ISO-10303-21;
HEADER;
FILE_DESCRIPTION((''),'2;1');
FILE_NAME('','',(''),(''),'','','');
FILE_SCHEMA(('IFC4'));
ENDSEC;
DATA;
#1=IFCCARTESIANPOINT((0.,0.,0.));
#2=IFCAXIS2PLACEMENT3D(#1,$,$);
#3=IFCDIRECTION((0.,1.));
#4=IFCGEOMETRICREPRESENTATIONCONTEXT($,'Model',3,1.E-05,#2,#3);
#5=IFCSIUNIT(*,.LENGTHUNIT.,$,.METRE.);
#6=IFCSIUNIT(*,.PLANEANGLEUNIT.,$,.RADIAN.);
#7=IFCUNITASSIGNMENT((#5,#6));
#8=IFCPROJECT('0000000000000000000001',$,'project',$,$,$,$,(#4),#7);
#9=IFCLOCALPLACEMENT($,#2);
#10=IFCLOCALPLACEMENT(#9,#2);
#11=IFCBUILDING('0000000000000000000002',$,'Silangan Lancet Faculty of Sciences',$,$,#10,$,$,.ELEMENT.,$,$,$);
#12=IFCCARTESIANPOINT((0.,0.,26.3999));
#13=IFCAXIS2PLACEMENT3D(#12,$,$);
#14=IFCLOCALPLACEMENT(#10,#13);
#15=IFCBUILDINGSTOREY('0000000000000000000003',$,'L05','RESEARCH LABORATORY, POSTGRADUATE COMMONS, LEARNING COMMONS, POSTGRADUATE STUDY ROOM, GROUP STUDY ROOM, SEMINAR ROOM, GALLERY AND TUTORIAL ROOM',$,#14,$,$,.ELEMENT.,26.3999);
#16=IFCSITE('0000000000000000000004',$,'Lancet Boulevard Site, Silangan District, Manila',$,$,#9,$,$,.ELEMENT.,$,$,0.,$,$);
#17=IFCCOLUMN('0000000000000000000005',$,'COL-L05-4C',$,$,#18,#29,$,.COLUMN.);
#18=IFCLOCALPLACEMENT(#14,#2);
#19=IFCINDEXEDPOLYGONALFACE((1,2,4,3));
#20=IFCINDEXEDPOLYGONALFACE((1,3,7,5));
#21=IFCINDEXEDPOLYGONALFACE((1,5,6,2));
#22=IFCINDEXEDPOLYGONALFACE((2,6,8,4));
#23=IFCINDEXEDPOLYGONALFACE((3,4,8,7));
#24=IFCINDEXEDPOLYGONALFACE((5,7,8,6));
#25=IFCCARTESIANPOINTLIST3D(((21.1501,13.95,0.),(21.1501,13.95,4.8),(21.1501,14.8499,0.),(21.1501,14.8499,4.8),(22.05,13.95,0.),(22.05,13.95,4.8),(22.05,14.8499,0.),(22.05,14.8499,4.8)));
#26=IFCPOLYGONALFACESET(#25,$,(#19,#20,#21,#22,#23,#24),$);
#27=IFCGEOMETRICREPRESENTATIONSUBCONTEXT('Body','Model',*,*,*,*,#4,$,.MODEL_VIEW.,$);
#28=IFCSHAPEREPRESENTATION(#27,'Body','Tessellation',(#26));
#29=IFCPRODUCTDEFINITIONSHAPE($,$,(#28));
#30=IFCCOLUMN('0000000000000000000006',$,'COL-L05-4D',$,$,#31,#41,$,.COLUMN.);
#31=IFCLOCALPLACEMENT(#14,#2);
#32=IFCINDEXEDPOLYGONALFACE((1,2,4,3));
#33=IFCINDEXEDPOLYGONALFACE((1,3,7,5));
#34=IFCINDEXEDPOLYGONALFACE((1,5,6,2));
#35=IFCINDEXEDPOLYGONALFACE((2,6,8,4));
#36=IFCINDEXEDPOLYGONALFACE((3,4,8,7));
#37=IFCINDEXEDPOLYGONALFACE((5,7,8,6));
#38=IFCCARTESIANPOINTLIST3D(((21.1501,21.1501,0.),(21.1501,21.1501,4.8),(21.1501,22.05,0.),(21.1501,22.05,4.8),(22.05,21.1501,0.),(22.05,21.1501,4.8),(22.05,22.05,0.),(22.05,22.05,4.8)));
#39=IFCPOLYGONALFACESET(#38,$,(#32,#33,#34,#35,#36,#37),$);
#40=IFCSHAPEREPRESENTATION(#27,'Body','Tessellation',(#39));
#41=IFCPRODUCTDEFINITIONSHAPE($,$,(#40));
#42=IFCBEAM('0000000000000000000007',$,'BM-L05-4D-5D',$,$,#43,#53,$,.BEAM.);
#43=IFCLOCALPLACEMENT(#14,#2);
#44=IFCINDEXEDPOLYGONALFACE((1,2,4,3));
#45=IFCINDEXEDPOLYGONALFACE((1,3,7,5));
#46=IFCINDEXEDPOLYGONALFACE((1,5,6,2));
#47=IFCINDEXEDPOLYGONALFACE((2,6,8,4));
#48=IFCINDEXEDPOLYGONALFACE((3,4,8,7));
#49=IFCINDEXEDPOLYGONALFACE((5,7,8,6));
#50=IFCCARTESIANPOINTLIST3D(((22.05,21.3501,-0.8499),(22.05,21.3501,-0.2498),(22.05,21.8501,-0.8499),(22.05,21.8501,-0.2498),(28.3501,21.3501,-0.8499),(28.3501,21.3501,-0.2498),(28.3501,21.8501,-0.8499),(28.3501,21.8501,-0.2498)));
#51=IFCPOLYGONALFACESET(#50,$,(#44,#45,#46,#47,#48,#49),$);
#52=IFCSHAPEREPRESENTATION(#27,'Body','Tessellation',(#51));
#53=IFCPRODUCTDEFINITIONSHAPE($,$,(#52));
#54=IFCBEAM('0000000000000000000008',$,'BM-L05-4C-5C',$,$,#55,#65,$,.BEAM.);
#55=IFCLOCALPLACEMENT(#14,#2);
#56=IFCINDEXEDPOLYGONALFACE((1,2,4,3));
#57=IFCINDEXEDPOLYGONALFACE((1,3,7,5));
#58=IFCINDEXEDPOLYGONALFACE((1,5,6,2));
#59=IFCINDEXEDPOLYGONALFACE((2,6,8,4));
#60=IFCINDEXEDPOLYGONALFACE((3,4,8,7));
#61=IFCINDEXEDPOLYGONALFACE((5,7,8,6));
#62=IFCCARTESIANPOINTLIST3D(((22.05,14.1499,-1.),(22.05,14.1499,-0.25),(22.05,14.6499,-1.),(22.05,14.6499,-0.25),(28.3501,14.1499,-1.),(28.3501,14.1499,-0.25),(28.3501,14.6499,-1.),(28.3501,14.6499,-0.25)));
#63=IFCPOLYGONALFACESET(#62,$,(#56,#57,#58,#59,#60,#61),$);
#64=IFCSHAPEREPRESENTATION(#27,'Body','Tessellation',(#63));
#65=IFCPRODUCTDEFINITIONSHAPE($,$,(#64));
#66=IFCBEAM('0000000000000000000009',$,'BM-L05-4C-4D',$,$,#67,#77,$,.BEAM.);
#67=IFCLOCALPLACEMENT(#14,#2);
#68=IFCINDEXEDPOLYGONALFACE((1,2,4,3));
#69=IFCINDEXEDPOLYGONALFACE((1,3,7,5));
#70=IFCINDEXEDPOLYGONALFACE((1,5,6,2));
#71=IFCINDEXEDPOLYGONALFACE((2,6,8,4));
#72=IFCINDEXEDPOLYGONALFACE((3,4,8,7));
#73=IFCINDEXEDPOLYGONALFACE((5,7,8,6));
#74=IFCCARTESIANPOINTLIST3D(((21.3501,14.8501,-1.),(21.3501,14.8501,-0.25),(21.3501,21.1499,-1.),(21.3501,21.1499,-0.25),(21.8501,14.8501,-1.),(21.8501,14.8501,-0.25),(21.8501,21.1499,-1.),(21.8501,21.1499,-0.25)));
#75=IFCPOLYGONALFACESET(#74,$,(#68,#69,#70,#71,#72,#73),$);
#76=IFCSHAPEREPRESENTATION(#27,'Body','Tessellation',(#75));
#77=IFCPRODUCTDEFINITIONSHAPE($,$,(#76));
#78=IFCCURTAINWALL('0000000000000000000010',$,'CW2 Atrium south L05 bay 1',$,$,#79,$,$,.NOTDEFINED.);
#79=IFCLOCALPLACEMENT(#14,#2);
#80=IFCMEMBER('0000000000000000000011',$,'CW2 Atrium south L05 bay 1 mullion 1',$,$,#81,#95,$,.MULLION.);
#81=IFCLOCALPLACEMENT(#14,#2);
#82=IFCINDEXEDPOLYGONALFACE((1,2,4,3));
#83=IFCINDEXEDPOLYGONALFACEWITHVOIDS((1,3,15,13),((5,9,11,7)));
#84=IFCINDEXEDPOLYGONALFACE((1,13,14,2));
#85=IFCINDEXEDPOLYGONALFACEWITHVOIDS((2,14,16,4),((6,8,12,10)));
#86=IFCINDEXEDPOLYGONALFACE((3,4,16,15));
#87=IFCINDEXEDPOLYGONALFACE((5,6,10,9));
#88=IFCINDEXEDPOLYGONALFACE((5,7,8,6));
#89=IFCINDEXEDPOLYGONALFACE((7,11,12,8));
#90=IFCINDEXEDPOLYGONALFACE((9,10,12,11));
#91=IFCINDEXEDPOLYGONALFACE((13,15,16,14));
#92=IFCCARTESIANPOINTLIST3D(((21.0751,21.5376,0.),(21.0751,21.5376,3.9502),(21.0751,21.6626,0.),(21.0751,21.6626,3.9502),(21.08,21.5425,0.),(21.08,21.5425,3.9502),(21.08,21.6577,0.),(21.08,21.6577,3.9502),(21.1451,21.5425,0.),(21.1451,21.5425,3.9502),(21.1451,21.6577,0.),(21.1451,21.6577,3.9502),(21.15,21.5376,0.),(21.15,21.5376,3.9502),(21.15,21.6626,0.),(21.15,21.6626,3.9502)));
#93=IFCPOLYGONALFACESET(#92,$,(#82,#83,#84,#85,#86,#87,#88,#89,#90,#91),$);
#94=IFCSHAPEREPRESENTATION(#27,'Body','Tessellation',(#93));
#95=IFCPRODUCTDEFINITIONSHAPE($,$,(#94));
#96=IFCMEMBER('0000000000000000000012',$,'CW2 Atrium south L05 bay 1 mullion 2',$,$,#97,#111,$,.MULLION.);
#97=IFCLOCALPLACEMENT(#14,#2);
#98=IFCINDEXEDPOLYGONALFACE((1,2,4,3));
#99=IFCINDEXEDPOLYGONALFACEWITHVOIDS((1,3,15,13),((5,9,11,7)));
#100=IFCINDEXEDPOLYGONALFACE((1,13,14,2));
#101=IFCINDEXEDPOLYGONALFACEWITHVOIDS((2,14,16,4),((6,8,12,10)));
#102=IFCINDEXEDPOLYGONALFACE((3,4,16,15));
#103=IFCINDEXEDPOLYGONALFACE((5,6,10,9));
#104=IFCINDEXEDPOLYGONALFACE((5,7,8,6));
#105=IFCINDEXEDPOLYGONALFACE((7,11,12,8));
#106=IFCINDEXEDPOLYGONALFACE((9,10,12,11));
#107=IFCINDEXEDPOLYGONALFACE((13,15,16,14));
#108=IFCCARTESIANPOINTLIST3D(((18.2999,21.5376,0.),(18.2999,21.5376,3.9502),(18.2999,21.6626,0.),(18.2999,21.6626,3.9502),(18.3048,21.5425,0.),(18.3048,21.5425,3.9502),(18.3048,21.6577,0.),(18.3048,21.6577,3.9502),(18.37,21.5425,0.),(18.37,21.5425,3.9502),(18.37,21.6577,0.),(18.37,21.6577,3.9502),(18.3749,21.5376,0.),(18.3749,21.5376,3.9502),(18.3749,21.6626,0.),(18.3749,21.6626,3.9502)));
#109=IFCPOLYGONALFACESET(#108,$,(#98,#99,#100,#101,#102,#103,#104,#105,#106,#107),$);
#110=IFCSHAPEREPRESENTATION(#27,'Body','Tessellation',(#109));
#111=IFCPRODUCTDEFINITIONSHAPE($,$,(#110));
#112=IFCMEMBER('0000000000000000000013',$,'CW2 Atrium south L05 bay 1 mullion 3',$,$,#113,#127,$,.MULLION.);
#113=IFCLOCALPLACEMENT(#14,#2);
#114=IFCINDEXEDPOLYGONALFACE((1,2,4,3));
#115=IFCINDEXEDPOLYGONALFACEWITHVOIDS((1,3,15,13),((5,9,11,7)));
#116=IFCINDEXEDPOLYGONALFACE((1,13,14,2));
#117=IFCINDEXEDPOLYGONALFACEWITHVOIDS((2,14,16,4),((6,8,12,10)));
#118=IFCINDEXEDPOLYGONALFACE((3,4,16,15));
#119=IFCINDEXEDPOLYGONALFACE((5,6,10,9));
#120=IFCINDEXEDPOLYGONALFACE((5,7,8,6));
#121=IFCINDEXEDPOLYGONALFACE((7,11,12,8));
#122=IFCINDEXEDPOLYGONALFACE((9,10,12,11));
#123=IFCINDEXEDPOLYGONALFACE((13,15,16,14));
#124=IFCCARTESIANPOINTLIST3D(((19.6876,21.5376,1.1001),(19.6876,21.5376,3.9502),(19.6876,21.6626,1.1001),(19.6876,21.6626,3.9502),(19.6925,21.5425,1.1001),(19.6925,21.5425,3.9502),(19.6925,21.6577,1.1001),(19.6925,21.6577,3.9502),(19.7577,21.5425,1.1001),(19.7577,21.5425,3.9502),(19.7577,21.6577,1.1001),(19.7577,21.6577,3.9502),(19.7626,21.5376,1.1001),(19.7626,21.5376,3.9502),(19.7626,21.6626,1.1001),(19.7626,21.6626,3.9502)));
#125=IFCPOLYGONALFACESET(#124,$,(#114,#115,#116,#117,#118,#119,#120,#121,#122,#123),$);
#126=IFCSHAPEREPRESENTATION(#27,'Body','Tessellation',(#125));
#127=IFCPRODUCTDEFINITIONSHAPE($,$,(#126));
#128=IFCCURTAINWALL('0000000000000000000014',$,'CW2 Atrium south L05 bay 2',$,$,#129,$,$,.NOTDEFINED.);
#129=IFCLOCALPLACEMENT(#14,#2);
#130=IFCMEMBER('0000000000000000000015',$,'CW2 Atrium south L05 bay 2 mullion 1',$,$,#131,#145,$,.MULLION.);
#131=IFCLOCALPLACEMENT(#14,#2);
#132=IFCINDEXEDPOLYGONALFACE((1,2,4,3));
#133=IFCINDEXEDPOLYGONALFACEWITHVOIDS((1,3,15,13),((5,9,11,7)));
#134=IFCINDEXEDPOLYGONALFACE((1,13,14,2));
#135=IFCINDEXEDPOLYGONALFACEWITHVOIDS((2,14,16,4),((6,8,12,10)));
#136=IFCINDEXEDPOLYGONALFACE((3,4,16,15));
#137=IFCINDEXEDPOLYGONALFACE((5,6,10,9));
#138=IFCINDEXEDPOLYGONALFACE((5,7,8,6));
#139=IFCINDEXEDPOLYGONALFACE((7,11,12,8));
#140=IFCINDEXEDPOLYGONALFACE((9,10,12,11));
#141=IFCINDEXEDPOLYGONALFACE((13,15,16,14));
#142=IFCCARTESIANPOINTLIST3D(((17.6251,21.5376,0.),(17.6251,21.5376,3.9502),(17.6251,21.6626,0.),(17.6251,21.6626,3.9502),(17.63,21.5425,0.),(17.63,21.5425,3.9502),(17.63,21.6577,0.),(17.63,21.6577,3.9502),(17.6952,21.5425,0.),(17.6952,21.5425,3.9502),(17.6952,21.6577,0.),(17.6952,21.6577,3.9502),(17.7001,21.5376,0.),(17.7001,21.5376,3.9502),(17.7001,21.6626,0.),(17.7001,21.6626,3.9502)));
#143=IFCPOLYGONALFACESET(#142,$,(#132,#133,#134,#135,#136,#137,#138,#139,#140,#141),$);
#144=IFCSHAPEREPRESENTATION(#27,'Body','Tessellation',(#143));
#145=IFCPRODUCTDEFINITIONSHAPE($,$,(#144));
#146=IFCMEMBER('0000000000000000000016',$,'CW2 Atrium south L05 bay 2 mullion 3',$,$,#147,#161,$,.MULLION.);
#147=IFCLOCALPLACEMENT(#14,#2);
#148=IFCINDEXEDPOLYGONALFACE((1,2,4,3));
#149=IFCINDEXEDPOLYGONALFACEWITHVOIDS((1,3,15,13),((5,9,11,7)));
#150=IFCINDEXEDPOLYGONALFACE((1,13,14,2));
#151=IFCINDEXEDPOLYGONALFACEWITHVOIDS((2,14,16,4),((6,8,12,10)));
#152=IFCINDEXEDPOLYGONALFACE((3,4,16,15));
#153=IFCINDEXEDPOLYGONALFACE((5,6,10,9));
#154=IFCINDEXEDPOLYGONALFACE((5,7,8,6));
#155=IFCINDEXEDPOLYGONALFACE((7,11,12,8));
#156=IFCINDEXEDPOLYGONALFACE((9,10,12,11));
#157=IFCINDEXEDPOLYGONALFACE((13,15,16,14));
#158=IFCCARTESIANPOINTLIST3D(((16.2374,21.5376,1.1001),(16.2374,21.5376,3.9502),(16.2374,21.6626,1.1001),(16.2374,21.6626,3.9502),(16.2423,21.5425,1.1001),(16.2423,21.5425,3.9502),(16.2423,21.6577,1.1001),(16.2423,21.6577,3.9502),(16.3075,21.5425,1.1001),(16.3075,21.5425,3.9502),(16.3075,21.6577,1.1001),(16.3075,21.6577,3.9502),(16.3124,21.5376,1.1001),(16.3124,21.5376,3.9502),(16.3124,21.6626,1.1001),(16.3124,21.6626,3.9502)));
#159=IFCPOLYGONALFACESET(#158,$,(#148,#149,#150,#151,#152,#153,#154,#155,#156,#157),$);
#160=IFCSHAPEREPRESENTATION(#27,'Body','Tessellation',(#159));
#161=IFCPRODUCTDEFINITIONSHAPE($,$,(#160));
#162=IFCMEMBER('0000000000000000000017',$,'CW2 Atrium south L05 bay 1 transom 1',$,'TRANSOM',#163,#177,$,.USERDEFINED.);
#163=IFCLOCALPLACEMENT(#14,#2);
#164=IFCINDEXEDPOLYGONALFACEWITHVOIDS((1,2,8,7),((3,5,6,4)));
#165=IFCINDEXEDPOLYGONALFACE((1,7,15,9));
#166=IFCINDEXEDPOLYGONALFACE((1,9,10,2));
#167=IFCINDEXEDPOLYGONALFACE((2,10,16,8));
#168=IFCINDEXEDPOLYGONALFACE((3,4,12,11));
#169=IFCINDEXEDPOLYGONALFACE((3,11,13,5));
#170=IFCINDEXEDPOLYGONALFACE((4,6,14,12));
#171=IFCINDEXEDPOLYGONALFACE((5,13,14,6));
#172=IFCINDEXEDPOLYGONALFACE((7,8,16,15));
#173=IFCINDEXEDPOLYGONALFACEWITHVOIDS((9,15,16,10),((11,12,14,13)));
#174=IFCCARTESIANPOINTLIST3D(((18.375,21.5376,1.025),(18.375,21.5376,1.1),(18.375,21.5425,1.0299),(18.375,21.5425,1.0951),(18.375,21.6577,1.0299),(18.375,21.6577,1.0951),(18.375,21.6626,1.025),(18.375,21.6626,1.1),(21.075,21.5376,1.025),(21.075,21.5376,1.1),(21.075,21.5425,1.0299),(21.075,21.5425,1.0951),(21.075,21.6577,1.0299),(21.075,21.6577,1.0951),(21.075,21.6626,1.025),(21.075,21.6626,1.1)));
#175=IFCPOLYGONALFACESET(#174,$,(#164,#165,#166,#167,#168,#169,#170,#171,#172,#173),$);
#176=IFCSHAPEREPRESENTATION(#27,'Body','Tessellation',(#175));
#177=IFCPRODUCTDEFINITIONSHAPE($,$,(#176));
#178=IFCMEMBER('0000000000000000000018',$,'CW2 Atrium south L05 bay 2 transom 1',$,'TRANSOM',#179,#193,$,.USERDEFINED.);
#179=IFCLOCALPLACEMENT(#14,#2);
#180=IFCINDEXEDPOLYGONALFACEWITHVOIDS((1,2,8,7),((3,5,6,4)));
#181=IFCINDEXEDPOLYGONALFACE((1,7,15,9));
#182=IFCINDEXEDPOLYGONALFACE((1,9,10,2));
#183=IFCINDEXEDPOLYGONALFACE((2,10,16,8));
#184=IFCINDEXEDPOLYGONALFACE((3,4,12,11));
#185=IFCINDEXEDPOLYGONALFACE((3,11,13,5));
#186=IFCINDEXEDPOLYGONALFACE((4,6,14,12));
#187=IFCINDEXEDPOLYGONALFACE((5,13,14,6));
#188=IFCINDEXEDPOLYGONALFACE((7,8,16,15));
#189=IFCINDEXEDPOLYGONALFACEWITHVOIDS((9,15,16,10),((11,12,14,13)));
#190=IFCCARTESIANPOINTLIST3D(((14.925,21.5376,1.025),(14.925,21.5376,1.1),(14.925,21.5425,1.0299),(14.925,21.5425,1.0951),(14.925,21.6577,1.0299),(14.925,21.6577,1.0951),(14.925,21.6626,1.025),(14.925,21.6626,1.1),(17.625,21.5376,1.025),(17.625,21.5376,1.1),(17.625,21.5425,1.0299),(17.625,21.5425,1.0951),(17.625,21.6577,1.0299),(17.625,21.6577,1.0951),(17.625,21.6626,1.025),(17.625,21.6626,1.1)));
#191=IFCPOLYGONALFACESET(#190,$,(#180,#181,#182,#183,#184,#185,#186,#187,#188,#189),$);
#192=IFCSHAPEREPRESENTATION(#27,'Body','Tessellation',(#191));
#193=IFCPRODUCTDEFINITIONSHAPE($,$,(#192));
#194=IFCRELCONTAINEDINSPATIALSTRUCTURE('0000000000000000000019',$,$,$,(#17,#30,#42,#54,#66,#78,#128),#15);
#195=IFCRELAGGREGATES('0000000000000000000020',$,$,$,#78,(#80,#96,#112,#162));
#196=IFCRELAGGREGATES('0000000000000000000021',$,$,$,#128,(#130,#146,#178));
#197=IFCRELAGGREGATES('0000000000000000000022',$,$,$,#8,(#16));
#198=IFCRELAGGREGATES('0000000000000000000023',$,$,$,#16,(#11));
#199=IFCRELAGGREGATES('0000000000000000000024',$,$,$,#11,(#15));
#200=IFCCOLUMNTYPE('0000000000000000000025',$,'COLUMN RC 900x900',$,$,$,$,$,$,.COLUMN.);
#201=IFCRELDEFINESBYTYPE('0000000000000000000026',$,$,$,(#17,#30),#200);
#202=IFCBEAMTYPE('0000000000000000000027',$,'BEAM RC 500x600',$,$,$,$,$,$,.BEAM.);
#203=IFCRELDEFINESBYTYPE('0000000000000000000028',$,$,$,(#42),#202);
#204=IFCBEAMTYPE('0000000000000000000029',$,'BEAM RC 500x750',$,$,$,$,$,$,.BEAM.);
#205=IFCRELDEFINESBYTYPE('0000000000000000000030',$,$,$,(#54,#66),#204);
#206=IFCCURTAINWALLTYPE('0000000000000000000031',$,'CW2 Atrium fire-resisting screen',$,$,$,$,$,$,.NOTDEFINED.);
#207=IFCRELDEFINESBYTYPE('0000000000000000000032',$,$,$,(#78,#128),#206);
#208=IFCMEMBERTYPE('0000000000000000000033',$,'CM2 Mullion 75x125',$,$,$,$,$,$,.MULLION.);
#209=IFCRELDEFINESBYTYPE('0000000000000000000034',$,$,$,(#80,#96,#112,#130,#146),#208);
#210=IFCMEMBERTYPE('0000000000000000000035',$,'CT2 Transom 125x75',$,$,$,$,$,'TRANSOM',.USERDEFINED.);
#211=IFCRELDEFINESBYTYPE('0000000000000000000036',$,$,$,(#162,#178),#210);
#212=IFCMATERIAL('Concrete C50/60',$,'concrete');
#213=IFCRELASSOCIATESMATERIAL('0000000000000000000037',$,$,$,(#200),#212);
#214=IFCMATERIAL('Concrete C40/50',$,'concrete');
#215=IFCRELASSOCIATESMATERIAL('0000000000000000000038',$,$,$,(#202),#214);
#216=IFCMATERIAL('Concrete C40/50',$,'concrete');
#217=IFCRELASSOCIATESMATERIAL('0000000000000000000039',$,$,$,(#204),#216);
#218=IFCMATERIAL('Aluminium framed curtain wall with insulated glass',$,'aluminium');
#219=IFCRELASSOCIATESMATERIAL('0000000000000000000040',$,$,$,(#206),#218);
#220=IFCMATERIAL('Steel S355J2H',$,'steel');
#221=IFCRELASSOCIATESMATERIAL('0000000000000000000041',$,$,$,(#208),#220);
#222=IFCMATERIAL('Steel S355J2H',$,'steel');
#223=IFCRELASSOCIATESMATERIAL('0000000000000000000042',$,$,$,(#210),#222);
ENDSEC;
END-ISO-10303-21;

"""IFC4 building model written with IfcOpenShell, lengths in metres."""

from ifc_helpers import new_model, si_unit, direction, frame, origin, origin_2d, place, context, subcontext, project, spatial, rectangle, hollow_rectangle, extrude, material, material_profile, profile_set, type_object, element, aggregate, save


model = new_model("IFC4")

# Units and contexts
model_context = context("Model", 3, precision=1e-05, world=origin(), true_north=direction((0.0, 1.0)))
body_context = subcontext(model_context, "Body", "Model", "MODEL_VIEW")
ifc_project = project(units=[si_unit("LENGTHUNIT", "METRE"), si_unit("PLANEANGLEUNIT", "RADIAN")], contexts=[model_context])

# Site, building, storey
site_placement = place(None, origin())
site = spatial("IfcSite", under=ifc_project, at=site_placement, Name="Lancet Boulevard Site, Silangan District, Manila", CompositionType="ELEMENT", RefElevation=0.0)
building_placement = place(site_placement, origin())
building = spatial("IfcBuilding", under=site, at=building_placement, Name="Silangan Lancet Faculty of Sciences", CompositionType="ELEMENT")
storey_placement = place(building_placement, frame((0.0, 0.0, 26.3999)))
storey = spatial("IfcBuildingStorey", under=building, at=storey_placement, Name="L05", Description="RESEARCH LABORATORY, POSTGRADUATE COMMONS, LEARNING COMMONS, POSTGRADUATE STUDY ROOM, GROUP STUDY ROOM, SEMINAR ROOM, GALLERY AND TUTORIAL ROOM", CompositionType="ELEMENT", Elevation=26.3999)

# Columns
ifc_material_1 = material(Name="Concrete C50/60", Category="concrete")
ifc_material_profile_1 = material_profile(ifc_material_1, rectangle(XDim=0.8999, YDim=0.8999, at=origin_2d()), Name="RC 900x900")
ifc_profile_set_1 = profile_set([ifc_material_profile_1], Name="Concrete C50/60")
column_type = type_object("IfcColumnType", Name="COLUMN RC 900x900", PredefinedType="COLUMN", material=ifc_profile_set_1)
for number, where, z_axis, x_axis, name in (
    (1, (21.6001, 14.3999, 0.0), (0.0, 0.0, 1.0), (1.0, 0.0, 0.0), "COL-L05-4C"),
    (2, (21.6001, 21.6001, 0.0), (0.0, 0.0, 1.0), (1.0, 0.0, 0.0), "COL-L05-4D"),
):
    element("IfcColumn", number, at=place(storey_placement, frame(where, z_axis=z_axis, x_axis=x_axis)), inside=storey, type_object=column_type, Name=name, PredefinedType="COLUMN", context=body_context, shape_type="SweptSolid", body=[
        extrude(rectangle(XDim=0.8999, YDim=0.8999, at=origin_2d()), origin(), (0.0, 0.0, 1.0), 4.8),
    ])

# Beams
ifc_material_2 = material(Name="Concrete C40/50", Category="concrete")
ifc_material_profile_2 = material_profile(ifc_material_2, rectangle(XDim=0.5, YDim=0.6001, at=origin_2d()), Name="RC 500x600")
ifc_profile_set_2 = profile_set([ifc_material_profile_2], Name="Concrete C40/50")
beam_type_1 = type_object("IfcBeamType", Name="BEAM RC 500x600", PredefinedType="BEAM", material=ifc_profile_set_2)
beam_1_placement = place(storey_placement, frame((22.05, 21.6001, -0.5498), z_axis=(1.0, 0.0, 0.0), x_axis=(0.0, 1.0, 0.0)))
element("IfcBeam", 3, at=beam_1_placement, inside=storey, type_object=beam_type_1, Name="BM-L05-4D-5D", PredefinedType="BEAM", context=body_context, shape_type="SweptSolid", body=[
    extrude(rectangle(XDim=0.5, YDim=0.6001, at=origin_2d()), origin(), (0.0, 0.0, 1.0), 6.3),
])
ifc_material_3 = material(Name="Concrete C40/50", Category="concrete")
ifc_material_profile_3 = material_profile(ifc_material_3, rectangle(XDim=0.5, YDim=0.75, at=origin_2d()), Name="RC 500x750")
ifc_profile_set_3 = profile_set([ifc_material_profile_3], Name="Concrete C40/50")
beam_type_2 = type_object("IfcBeamType", Name="BEAM RC 500x750", PredefinedType="BEAM", material=ifc_profile_set_3)
beam_2_placement = place(storey_placement, frame((22.05, 14.3999, -0.625), z_axis=(1.0, 0.0, 0.0), x_axis=(0.0, 1.0, 0.0)))
element("IfcBeam", 4, at=beam_2_placement, inside=storey, type_object=beam_type_2, Name="BM-L05-4C-5C", PredefinedType="BEAM", context=body_context, shape_type="SweptSolid", body=[
    extrude(rectangle(XDim=0.5, YDim=0.75, at=origin_2d()), origin(), (0.0, 0.0, 1.0), 6.3),
])
beam_3_placement = place(storey_placement, frame((21.6001, 14.8501, -0.625), z_axis=(0.0, 1.0, 0.0), x_axis=(-1.0, 0.0, 0.0)))
element("IfcBeam", 5, at=beam_3_placement, inside=storey, type_object=beam_type_2, Name="BM-L05-4C-4D", PredefinedType="BEAM", context=body_context, shape_type="SweptSolid", body=[
    extrude(rectangle(XDim=0.5, YDim=0.75, at=origin_2d()), origin(), (0.0, 0.0, 1.0), 6.2998),
])

# Curtain walls, members
ifc_material_4 = material(Name="Aluminium framed curtain wall with insulated glass", Category="aluminium")
curtain_wall_type = type_object("IfcCurtainWallType", Name="CW2 Atrium fire-resisting screen", PredefinedType="NOTDEFINED", material=ifc_material_4)
curtain_wall_1_placement = place(storey_placement, origin())
curtain_wall_1 = element("IfcCurtainWall", 6, at=curtain_wall_1_placement, inside=storey, type_object=curtain_wall_type, Name="CW2 Atrium south L05 bay 1", PredefinedType="NOTDEFINED")
ifc_material_5 = material(Name="Steel S355J2H", Category="steel")
ifc_material_profile_4 = material_profile(ifc_material_5, hollow_rectangle(XDim=0.075, YDim=0.125, WallThickness=0.0049, at=origin_2d()), Name="ST BOX 75x125x5")
ifc_profile_set_4 = profile_set([ifc_material_profile_4], Name="Steel S355J2H")
member_type_1 = type_object("IfcMemberType", Name="CM2 Mullion 75x125", PredefinedType="MULLION", material=ifc_profile_set_4)
member_1_placement = place(storey_placement, frame((21.1125, 21.6001, 0.0), z_axis=(0.0, 0.0, 1.0), x_axis=(-1.0, 0.0, 0.0)))
member_1 = element("IfcMember", 7, at=member_1_placement, type_object=member_type_1, Name="CW2 Atrium south L05 bay 1 mullion 1", PredefinedType="MULLION", context=body_context, shape_type="SweptSolid", body=[
    extrude(hollow_rectangle(XDim=0.075, YDim=0.125, WallThickness=0.0049, at=origin_2d()), origin(), (0.0, 0.0, 1.0), 3.9502),
])
member_2_placement = place(storey_placement, frame((18.3374, 21.6001, 0.0), z_axis=(0.0, 0.0, 1.0), x_axis=(-1.0, 0.0, 0.0)))
member_2 = element("IfcMember", 8, at=member_2_placement, type_object=member_type_1, Name="CW2 Atrium south L05 bay 1 mullion 2", PredefinedType="MULLION", context=body_context, shape_type="SweptSolid", body=[
    extrude(hollow_rectangle(XDim=0.075, YDim=0.125, WallThickness=0.0049, at=origin_2d()), origin(), (0.0, 0.0, 1.0), 3.9502),
])
member_3_placement = place(storey_placement, frame((19.7251, 21.6001, 1.1001), z_axis=(0.0, 0.0, 1.0), x_axis=(-1.0, 0.0, 0.0)))
member_3 = element("IfcMember", 9, at=member_3_placement, type_object=member_type_1, Name="CW2 Atrium south L05 bay 1 mullion 3", PredefinedType="MULLION", context=body_context, shape_type="SweptSolid", body=[
    extrude(hollow_rectangle(XDim=0.075, YDim=0.125, WallThickness=0.0049, at=origin_2d()), origin(), (0.0, 0.0, 1.0), 2.8501),
])
curtain_wall_2_placement = place(storey_placement, origin())
curtain_wall_2 = element("IfcCurtainWall", 10, at=curtain_wall_2_placement, inside=storey, type_object=curtain_wall_type, Name="CW2 Atrium south L05 bay 2", PredefinedType="NOTDEFINED")
member_4_placement = place(storey_placement, frame((17.6626, 21.6001, 0.0), z_axis=(0.0, 0.0, 1.0), x_axis=(-1.0, 0.0, 0.0)))
member_4 = element("IfcMember", 11, at=member_4_placement, type_object=member_type_1, Name="CW2 Atrium south L05 bay 2 mullion 1", PredefinedType="MULLION", context=body_context, shape_type="SweptSolid", body=[
    extrude(hollow_rectangle(XDim=0.075, YDim=0.125, WallThickness=0.0049, at=origin_2d()), origin(), (0.0, 0.0, 1.0), 3.9502),
])
member_5_placement = place(storey_placement, frame((16.2749, 21.6001, 1.1001), z_axis=(0.0, 0.0, 1.0), x_axis=(-1.0, 0.0, 0.0)))
member_5 = element("IfcMember", 12, at=member_5_placement, type_object=member_type_1, Name="CW2 Atrium south L05 bay 2 mullion 3", PredefinedType="MULLION", context=body_context, shape_type="SweptSolid", body=[
    extrude(hollow_rectangle(XDim=0.075, YDim=0.125, WallThickness=0.0049, at=origin_2d()), origin(), (0.0, 0.0, 1.0), 2.8501),
])

# Members
ifc_material_6 = material(Name="Steel S355J2H", Category="steel")
ifc_material_profile_5 = material_profile(ifc_material_6, hollow_rectangle(XDim=0.125, YDim=0.075, WallThickness=0.0049, at=origin_2d()), Name="ST BOX 125x75x5")
ifc_profile_set_5 = profile_set([ifc_material_profile_5], Name="Steel S355J2H")
member_type_2 = type_object("IfcMemberType", Name="CT2 Transom 125x75", ElementType="TRANSOM", PredefinedType="USERDEFINED", material=ifc_profile_set_5)
member_6_placement = place(storey_placement, frame((21.075, 21.6001, 1.0625), z_axis=(-1.0, 0.0, 0.0), x_axis=(0.0, -1.0, 0.0)))
member_6 = element("IfcMember", 13, at=member_6_placement, type_object=member_type_2, Name="CW2 Atrium south L05 bay 1 transom 1", ObjectType="TRANSOM", PredefinedType="USERDEFINED", context=body_context, shape_type="SweptSolid", body=[
    extrude(hollow_rectangle(XDim=0.125, YDim=0.075, WallThickness=0.0049, at=origin_2d()), origin(), (0.0, 0.0, 1.0), 2.7),
])
member_7_placement = place(storey_placement, frame((17.625, 21.6001, 1.0625), z_axis=(-1.0, 0.0, 0.0), x_axis=(0.0, -1.0, 0.0)))
member_7 = element("IfcMember", 14, at=member_7_placement, type_object=member_type_2, Name="CW2 Atrium south L05 bay 2 transom 1", ObjectType="TRANSOM", PredefinedType="USERDEFINED", context=body_context, shape_type="SweptSolid", body=[
    extrude(hollow_rectangle(XDim=0.125, YDim=0.075, WallThickness=0.0049, at=origin_2d()), origin(), (0.0, 0.0, 1.0), 2.7),
])

aggregate(curtain_wall_1, [member_1, member_2, member_3, member_6])
aggregate(curtain_wall_2, [member_4, member_5, member_7])

save(model, "model.ifc")
